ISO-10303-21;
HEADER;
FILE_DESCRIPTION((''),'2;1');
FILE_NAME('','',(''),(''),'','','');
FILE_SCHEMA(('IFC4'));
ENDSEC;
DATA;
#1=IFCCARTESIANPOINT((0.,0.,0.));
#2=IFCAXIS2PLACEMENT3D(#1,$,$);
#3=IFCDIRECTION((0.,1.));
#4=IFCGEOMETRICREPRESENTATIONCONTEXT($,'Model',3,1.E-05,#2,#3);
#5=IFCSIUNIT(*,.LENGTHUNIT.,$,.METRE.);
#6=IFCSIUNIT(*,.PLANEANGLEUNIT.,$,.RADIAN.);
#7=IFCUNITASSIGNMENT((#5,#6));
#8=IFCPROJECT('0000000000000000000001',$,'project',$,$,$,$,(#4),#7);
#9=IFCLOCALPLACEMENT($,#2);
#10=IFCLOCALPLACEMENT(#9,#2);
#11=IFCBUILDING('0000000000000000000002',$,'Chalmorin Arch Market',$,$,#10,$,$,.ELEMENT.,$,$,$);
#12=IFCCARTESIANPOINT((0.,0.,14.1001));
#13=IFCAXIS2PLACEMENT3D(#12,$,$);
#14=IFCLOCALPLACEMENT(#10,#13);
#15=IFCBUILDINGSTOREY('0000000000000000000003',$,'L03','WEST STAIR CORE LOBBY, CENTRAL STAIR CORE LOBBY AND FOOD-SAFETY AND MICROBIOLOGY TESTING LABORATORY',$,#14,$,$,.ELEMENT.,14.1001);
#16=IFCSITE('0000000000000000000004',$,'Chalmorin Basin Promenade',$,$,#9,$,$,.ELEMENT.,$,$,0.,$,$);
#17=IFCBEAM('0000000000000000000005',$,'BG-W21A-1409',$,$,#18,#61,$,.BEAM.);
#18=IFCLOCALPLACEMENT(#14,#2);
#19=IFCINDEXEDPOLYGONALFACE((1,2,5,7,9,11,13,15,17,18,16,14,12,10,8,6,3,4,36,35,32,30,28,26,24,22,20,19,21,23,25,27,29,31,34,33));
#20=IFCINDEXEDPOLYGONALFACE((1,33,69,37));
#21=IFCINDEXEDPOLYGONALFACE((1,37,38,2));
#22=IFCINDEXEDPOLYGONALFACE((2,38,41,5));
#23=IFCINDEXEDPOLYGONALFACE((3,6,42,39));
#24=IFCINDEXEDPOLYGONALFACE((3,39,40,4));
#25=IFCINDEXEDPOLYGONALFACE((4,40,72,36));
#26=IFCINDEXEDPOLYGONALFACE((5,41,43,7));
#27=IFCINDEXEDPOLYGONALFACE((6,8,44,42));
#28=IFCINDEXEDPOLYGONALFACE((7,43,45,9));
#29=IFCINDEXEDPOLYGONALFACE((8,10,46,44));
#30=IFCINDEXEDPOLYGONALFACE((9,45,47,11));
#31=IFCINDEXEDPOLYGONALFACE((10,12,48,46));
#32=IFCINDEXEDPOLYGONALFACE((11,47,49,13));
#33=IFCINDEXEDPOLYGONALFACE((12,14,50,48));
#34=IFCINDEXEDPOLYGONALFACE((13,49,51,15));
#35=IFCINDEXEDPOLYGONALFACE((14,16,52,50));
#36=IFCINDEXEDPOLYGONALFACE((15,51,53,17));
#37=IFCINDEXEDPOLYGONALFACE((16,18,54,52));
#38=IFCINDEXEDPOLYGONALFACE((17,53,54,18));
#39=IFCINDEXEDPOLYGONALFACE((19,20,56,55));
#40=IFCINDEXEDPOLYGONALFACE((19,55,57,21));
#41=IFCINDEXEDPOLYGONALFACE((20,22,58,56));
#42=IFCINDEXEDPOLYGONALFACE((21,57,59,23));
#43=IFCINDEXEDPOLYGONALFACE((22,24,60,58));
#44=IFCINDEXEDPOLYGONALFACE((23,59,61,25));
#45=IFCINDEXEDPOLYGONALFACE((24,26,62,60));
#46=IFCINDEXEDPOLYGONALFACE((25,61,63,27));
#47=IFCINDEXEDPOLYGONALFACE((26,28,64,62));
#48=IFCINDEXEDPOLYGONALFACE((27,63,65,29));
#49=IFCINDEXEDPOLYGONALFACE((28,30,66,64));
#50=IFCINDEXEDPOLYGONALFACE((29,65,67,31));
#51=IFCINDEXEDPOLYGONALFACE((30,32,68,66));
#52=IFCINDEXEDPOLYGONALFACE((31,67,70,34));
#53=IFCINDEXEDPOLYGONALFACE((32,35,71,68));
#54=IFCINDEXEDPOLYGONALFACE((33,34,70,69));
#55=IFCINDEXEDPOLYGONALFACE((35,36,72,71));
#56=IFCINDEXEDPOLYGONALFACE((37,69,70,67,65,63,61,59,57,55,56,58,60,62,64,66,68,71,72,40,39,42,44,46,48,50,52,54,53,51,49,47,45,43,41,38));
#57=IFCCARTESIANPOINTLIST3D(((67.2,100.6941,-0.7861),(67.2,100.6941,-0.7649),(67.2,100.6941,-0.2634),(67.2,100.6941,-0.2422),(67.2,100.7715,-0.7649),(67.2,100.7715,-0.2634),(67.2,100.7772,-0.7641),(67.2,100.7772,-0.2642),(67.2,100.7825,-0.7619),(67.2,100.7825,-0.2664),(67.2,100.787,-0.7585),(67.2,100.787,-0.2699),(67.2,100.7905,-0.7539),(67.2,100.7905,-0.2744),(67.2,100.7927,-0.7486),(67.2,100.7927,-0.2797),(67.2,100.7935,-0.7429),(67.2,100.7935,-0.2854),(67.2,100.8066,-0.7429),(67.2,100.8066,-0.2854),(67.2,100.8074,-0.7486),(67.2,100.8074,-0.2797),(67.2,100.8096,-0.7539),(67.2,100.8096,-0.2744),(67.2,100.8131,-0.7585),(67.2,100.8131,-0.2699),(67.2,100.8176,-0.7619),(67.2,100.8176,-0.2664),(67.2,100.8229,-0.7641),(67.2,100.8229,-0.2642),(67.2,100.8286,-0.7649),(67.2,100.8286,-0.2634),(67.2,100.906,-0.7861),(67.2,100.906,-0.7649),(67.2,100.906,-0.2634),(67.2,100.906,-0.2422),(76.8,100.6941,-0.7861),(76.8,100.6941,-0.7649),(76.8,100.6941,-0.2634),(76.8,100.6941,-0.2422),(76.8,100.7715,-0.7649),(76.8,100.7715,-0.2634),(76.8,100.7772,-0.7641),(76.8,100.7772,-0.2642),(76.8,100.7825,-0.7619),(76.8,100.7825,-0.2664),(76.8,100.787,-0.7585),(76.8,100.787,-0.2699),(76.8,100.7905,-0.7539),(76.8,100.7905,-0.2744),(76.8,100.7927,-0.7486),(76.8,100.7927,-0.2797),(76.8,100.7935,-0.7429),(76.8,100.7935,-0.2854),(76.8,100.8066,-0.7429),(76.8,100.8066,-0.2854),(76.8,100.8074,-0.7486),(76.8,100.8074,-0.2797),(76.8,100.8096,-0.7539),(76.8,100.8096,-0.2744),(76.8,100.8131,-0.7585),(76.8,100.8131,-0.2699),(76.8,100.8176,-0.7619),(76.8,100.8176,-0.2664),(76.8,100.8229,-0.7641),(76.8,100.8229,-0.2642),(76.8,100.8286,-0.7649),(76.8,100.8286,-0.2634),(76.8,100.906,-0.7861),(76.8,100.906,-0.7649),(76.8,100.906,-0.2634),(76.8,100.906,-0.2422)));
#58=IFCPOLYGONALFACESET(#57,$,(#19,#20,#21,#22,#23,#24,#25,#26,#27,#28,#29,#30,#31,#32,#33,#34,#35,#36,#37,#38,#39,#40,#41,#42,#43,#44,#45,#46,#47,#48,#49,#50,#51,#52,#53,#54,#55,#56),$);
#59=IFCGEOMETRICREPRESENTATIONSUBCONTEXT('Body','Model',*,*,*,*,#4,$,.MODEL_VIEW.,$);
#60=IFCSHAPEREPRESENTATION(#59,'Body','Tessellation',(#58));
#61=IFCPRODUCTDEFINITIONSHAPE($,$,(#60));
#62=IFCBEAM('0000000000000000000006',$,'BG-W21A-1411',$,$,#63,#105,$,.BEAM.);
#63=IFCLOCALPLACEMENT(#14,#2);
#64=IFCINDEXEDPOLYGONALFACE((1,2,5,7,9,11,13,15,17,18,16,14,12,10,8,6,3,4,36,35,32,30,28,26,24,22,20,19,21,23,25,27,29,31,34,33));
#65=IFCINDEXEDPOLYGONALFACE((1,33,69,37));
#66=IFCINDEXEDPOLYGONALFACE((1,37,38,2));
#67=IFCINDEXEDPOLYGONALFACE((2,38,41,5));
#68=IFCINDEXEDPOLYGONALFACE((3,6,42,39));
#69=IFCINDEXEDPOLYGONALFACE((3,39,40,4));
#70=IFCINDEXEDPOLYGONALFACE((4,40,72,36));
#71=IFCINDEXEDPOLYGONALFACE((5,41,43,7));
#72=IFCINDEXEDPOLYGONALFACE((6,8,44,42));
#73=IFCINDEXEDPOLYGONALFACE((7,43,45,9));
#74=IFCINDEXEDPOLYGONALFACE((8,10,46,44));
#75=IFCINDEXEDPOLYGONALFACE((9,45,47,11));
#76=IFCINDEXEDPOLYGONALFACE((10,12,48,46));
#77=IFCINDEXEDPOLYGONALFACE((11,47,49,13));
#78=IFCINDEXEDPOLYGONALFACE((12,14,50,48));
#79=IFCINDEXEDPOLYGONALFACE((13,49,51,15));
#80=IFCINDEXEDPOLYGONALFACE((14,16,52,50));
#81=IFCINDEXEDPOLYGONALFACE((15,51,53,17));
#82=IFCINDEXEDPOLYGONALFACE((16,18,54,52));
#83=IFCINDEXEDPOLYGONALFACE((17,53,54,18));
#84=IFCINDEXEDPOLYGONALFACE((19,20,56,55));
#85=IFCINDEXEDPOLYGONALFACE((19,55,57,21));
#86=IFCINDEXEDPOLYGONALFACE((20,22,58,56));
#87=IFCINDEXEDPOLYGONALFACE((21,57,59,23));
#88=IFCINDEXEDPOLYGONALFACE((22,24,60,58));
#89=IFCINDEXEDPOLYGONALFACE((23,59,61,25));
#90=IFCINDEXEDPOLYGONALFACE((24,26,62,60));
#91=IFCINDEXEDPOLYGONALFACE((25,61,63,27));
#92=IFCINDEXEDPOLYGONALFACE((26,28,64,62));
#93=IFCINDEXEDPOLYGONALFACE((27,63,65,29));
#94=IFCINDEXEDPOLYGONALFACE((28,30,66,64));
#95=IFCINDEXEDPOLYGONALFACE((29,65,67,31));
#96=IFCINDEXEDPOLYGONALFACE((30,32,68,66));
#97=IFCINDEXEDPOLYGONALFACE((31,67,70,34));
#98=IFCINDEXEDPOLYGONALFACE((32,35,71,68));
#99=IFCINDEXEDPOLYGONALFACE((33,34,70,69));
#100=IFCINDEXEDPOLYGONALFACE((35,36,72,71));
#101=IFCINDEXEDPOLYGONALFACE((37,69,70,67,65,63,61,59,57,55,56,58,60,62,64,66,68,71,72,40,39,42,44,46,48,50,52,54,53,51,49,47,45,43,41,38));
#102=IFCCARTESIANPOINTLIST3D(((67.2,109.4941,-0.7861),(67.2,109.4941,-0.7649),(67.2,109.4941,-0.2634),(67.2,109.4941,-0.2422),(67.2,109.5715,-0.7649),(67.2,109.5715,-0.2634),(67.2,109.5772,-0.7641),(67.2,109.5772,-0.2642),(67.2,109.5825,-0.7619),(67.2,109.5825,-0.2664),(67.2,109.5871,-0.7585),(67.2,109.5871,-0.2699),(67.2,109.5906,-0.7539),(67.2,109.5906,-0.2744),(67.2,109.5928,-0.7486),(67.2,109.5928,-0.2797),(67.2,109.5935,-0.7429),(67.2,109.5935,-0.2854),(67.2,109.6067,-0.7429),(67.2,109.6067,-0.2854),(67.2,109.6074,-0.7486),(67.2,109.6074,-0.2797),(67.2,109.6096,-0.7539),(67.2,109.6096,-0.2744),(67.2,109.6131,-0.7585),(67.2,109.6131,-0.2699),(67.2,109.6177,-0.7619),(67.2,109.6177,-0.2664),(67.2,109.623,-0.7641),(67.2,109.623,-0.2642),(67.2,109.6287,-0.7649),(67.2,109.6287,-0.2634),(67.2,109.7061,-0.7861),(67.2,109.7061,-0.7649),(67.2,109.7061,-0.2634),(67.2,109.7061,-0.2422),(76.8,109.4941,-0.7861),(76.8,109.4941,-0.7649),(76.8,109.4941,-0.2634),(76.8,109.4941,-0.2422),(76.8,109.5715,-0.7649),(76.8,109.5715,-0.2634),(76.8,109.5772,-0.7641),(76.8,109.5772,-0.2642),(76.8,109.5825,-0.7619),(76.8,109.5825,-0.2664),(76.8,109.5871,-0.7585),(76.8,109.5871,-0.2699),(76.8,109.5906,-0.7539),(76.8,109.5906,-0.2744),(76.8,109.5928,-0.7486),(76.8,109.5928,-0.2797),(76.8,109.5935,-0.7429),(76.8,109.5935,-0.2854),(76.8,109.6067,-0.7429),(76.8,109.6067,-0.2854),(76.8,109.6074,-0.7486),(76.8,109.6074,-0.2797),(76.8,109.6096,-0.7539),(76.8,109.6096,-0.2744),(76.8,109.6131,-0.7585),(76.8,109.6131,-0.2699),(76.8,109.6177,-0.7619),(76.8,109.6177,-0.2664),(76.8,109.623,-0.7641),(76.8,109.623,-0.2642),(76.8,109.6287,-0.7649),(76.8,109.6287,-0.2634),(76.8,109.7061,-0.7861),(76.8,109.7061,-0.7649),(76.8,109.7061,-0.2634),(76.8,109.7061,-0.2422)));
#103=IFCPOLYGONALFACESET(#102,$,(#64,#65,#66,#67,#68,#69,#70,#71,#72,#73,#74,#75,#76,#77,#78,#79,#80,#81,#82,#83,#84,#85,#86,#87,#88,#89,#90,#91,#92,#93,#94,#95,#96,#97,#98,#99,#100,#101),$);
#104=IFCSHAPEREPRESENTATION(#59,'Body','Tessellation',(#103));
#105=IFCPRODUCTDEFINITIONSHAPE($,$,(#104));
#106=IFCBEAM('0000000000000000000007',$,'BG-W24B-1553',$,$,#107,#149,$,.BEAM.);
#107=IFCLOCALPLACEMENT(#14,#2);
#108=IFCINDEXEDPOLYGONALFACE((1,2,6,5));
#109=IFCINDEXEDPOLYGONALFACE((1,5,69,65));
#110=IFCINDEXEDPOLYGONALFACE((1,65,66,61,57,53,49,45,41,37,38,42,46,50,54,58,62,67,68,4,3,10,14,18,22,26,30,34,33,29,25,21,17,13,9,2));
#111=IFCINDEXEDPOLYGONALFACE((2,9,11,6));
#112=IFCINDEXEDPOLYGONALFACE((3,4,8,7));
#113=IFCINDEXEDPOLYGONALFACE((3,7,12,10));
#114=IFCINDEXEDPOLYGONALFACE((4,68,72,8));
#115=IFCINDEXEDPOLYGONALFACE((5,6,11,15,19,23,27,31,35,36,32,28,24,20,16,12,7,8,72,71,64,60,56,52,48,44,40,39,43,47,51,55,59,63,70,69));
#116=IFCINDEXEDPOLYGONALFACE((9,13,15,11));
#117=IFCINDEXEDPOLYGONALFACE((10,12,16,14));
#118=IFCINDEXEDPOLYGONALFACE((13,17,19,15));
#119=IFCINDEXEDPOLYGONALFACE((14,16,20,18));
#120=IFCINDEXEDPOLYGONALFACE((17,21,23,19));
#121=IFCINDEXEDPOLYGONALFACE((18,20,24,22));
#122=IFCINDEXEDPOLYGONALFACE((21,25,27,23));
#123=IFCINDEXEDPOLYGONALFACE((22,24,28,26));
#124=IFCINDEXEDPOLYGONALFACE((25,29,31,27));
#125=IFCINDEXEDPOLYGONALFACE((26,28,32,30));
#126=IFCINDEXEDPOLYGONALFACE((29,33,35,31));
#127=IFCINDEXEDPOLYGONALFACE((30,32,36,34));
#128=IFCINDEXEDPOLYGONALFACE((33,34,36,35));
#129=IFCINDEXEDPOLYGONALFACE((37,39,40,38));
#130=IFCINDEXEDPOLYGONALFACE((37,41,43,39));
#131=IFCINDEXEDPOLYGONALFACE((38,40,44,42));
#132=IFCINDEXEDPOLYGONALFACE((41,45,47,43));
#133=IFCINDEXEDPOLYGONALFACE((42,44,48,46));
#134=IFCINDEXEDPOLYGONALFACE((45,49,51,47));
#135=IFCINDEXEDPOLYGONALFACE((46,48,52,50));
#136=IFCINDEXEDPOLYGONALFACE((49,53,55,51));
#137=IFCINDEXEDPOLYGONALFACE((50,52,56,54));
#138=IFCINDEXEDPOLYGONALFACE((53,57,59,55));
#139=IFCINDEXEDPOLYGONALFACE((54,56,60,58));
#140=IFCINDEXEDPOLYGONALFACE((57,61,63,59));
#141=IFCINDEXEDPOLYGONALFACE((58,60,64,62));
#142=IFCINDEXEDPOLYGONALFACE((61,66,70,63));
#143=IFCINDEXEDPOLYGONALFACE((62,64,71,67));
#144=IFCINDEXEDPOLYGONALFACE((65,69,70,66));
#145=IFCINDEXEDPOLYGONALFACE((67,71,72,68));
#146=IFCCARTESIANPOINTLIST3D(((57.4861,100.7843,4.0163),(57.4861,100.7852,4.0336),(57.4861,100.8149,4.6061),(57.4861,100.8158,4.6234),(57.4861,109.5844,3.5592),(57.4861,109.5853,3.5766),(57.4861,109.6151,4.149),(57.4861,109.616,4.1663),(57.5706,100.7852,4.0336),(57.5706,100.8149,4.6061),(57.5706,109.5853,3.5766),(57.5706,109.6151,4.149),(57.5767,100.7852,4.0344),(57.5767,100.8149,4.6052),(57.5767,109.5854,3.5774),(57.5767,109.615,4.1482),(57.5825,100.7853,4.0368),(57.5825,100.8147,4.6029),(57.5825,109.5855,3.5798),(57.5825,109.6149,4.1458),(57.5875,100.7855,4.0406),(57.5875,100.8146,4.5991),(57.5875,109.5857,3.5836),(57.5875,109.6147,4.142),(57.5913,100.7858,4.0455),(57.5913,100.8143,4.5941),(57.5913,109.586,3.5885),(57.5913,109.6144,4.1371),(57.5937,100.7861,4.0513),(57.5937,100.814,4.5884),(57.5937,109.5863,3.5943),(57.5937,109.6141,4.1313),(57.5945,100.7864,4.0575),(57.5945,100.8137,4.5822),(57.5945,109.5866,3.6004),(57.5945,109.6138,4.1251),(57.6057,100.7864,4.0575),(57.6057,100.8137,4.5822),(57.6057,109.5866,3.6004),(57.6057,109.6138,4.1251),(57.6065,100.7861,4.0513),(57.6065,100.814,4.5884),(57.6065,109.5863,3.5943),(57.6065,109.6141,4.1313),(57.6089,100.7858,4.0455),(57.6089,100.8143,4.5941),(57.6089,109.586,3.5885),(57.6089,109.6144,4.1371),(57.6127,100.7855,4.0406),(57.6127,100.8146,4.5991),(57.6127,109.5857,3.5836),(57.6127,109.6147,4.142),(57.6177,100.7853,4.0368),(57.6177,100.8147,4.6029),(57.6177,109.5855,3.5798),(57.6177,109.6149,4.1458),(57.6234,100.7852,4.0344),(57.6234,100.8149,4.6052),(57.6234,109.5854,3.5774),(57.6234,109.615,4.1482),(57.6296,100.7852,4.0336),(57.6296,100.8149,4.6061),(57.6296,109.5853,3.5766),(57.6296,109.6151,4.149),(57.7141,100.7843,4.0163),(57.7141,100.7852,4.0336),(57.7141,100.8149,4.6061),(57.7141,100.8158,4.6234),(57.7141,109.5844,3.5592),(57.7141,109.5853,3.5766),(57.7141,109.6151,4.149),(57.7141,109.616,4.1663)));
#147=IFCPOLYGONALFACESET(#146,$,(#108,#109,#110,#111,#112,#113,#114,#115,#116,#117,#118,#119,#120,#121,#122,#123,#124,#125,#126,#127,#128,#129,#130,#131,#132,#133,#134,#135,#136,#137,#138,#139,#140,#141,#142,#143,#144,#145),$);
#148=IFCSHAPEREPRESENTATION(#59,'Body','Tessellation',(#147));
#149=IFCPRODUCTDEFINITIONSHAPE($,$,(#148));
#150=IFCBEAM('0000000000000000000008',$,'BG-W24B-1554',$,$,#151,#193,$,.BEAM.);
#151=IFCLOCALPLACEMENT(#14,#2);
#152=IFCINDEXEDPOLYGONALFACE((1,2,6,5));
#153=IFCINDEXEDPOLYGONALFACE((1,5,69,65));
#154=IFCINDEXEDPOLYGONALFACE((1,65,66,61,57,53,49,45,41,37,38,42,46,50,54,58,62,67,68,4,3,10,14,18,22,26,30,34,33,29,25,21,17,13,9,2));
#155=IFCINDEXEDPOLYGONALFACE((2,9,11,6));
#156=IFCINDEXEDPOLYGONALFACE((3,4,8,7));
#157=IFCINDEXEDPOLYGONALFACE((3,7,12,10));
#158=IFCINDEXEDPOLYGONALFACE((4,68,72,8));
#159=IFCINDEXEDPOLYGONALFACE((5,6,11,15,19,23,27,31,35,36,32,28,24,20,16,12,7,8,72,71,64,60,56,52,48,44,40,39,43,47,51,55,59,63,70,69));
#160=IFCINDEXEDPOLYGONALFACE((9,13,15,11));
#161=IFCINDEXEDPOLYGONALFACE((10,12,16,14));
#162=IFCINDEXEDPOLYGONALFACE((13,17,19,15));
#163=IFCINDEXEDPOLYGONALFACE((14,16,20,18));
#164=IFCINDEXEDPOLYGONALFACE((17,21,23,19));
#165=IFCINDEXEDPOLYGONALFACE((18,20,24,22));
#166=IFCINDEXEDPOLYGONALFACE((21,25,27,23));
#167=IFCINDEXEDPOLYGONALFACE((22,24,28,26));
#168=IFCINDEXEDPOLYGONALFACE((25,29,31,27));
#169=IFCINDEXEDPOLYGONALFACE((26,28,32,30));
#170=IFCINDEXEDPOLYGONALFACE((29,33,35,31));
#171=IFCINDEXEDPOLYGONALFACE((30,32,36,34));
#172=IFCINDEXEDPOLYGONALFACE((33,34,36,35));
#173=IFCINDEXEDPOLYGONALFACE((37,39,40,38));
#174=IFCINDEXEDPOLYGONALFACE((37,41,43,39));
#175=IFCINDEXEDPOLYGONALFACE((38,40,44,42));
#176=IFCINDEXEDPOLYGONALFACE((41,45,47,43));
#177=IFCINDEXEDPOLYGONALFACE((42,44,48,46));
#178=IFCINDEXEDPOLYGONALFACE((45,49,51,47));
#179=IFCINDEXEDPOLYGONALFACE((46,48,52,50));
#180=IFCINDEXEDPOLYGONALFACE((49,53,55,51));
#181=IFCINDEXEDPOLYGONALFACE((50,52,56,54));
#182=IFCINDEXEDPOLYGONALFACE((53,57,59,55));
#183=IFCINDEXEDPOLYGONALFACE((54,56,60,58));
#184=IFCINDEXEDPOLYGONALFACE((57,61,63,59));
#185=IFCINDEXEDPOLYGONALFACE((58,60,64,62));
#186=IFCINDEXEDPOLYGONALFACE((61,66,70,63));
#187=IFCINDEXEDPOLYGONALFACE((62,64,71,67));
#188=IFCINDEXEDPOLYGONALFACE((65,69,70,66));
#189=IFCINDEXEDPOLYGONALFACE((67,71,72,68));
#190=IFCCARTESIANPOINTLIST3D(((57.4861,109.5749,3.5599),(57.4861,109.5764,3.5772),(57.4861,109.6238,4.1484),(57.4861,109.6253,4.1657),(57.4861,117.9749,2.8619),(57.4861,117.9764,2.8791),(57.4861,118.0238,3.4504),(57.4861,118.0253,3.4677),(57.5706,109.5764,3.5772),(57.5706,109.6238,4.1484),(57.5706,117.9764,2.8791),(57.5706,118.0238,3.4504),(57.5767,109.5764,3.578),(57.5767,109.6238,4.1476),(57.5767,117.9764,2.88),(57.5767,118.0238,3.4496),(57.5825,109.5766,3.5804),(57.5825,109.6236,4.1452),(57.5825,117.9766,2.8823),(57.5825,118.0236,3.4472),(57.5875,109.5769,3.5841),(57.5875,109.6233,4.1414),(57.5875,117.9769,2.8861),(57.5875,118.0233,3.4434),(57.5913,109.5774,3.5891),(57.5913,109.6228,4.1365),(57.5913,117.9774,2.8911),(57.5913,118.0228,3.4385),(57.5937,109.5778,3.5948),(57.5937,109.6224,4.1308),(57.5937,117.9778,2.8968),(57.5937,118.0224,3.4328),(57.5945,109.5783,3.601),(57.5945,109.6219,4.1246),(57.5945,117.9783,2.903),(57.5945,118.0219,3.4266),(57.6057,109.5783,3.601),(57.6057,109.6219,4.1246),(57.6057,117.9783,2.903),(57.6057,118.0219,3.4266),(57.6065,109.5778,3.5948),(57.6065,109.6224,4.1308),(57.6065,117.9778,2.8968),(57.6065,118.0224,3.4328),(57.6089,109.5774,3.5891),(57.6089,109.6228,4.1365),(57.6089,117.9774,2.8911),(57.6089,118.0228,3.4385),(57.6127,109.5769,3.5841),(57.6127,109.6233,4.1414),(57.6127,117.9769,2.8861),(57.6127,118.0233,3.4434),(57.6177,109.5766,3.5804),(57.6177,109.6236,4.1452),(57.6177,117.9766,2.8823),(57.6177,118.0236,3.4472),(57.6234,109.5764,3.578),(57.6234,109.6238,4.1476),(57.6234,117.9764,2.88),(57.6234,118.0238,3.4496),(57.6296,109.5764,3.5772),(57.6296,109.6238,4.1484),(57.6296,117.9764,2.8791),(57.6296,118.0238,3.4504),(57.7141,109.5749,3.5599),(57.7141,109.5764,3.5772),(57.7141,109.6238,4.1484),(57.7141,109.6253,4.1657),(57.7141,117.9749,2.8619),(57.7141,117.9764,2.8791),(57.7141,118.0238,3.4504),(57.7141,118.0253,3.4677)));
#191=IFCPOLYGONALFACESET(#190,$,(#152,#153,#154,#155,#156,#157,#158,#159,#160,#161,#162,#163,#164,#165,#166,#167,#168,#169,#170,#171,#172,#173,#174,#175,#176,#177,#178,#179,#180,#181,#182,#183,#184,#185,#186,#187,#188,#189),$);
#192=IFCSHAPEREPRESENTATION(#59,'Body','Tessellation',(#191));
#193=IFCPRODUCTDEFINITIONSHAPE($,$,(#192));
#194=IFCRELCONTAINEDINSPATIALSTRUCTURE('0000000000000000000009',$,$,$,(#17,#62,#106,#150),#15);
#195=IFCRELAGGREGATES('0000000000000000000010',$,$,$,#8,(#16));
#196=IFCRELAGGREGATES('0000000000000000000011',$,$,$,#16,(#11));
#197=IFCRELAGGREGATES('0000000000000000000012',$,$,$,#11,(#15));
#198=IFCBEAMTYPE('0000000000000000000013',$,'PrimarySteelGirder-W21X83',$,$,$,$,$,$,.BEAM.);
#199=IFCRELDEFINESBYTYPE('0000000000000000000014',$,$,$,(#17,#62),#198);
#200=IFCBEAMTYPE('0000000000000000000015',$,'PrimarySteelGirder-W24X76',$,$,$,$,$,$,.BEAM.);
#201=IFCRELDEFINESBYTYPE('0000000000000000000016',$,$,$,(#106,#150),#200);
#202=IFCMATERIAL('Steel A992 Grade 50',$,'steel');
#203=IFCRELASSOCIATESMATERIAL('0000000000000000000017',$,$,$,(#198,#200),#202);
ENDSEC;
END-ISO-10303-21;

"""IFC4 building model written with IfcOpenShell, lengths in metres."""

from ifc_helpers import new_model, si_unit, direction, frame, origin, origin_2d, place, context, subcontext, project, spatial, i_section, extrude, material, material_profile, profile_set, type_object, element, save


model = new_model("IFC4")

# Units and contexts
model_context = context("Model", 3, precision=1e-05, world=origin(), true_north=direction((0.0, 1.0)))
body_context = subcontext(model_context, "Body", "Model", "MODEL_VIEW")
ifc_project = project(units=[si_unit("LENGTHUNIT", "METRE"), si_unit("PLANEANGLEUNIT", "RADIAN")], contexts=[model_context])

# Site, building, storey
site_placement = place(None, origin())
site = spatial("IfcSite", under=ifc_project, at=site_placement, Name="Chalmorin Basin Promenade", CompositionType="ELEMENT", RefElevation=0.0)
building_placement = place(site_placement, origin())
building = spatial("IfcBuilding", under=site, at=building_placement, Name="Chalmorin Arch Market", CompositionType="ELEMENT")
storey_placement = place(building_placement, frame((0.0, 0.0, 14.1001)))
storey = spatial("IfcBuildingStorey", under=building, at=storey_placement, Name="L03", Description="WEST STAIR CORE LOBBY, CENTRAL STAIR CORE LOBBY AND FOOD-SAFETY AND MICROBIOLOGY TESTING LABORATORY", CompositionType="ELEMENT", Elevation=14.1001)

# Beams
ifc_material_1 = material(Name="Steel A992 Grade 50", Category="steel")
ifc_material_profile_1 = material_profile(ifc_material_1, i_section(OverallWidth=0.2119, OverallDepth=0.5439, WebThickness=0.0132, FlangeThickness=0.0212, FilletRadius=0.022, at=origin_2d()), Name="W21X83")
ifc_profile_set_1 = profile_set([ifc_material_profile_1], Name="Steel A992 Grade 50")
beam_type_1 = type_object("IfcBeamType", Name="PrimarySteelGirder-W21X83", PredefinedType="BEAM", material=ifc_profile_set_1)
for number, where, z_axis, x_axis, name in (
    (1, (67.2, 100.8, -0.5142), (1.0, 0.0, 0.0), (0.0, 1.0, 0.0), "BG-W21A-1409"),
    (2, (67.2, 109.6001, -0.5142), (1.0, 0.0, 0.0), (0.0, 1.0, 0.0), "BG-W21A-1411"),
):
    element("IfcBeam", number, at=place(storey_placement, frame(where, z_axis=z_axis, x_axis=x_axis)), inside=storey, type_object=beam_type_1, Name=name, PredefinedType="BEAM", context=body_context, shape_type="SweptSolid", body=[
        extrude(i_section(OverallWidth=0.2119, OverallDepth=0.5439, WebThickness=0.0132, FlangeThickness=0.0212, FilletRadius=0.022, at=origin_2d()), origin(), (0.0, 0.0, 1.0), 9.6001),
    ])
ifc_material_profile_2 = material_profile(ifc_material_1, i_section(OverallWidth=0.228, OverallDepth=0.6079, WebThickness=0.0112, FlangeThickness=0.0173, FilletRadius=0.0239, at=origin_2d()), Name="W24X76")
ifc_profile_set_2 = profile_set([ifc_material_profile_2], Name="Steel A992 Grade 50")
beam_type_2 = type_object("IfcBeamType", Name="PrimarySteelGirder-W24X76", PredefinedType="BEAM", material=ifc_profile_set_2)
beam_1_placement = place(storey_placement, frame((57.6001, 100.8, 4.3198), z_axis=(0.0, 0.998654, -0.051865), x_axis=(-1.0, 0.0, 0.0)))
element("IfcBeam", 3, at=beam_1_placement, inside=storey, type_object=beam_type_2, Name="BG-W24B-1553", PredefinedType="BEAM", context=body_context, shape_type="SweptSolid", body=[
    extrude(i_section(OverallWidth=0.228, OverallDepth=0.6079, WebThickness=0.0112, FlangeThickness=0.0173, FilletRadius=0.0239, at=origin_2d()), origin(), (0.0, 0.0, 1.0), 8.812),
])
beam_2_placement = place(storey_placement, frame((57.6001, 109.6001, 3.8628), z_axis=(0.0, 0.996565, -0.082811), x_axis=(-1.0, 0.0, 0.0)))
element("IfcBeam", 4, at=beam_2_placement, inside=storey, type_object=beam_type_2, Name="BG-W24B-1554", PredefinedType="BEAM", context=body_context, shape_type="SweptSolid", body=[
    extrude(i_section(OverallWidth=0.228, OverallDepth=0.6079, WebThickness=0.0112, FlangeThickness=0.0173, FilletRadius=0.0239, at=origin_2d()), origin(), (0.0, 0.0, 1.0), 8.429),
])

save(model, "model.ifc")
